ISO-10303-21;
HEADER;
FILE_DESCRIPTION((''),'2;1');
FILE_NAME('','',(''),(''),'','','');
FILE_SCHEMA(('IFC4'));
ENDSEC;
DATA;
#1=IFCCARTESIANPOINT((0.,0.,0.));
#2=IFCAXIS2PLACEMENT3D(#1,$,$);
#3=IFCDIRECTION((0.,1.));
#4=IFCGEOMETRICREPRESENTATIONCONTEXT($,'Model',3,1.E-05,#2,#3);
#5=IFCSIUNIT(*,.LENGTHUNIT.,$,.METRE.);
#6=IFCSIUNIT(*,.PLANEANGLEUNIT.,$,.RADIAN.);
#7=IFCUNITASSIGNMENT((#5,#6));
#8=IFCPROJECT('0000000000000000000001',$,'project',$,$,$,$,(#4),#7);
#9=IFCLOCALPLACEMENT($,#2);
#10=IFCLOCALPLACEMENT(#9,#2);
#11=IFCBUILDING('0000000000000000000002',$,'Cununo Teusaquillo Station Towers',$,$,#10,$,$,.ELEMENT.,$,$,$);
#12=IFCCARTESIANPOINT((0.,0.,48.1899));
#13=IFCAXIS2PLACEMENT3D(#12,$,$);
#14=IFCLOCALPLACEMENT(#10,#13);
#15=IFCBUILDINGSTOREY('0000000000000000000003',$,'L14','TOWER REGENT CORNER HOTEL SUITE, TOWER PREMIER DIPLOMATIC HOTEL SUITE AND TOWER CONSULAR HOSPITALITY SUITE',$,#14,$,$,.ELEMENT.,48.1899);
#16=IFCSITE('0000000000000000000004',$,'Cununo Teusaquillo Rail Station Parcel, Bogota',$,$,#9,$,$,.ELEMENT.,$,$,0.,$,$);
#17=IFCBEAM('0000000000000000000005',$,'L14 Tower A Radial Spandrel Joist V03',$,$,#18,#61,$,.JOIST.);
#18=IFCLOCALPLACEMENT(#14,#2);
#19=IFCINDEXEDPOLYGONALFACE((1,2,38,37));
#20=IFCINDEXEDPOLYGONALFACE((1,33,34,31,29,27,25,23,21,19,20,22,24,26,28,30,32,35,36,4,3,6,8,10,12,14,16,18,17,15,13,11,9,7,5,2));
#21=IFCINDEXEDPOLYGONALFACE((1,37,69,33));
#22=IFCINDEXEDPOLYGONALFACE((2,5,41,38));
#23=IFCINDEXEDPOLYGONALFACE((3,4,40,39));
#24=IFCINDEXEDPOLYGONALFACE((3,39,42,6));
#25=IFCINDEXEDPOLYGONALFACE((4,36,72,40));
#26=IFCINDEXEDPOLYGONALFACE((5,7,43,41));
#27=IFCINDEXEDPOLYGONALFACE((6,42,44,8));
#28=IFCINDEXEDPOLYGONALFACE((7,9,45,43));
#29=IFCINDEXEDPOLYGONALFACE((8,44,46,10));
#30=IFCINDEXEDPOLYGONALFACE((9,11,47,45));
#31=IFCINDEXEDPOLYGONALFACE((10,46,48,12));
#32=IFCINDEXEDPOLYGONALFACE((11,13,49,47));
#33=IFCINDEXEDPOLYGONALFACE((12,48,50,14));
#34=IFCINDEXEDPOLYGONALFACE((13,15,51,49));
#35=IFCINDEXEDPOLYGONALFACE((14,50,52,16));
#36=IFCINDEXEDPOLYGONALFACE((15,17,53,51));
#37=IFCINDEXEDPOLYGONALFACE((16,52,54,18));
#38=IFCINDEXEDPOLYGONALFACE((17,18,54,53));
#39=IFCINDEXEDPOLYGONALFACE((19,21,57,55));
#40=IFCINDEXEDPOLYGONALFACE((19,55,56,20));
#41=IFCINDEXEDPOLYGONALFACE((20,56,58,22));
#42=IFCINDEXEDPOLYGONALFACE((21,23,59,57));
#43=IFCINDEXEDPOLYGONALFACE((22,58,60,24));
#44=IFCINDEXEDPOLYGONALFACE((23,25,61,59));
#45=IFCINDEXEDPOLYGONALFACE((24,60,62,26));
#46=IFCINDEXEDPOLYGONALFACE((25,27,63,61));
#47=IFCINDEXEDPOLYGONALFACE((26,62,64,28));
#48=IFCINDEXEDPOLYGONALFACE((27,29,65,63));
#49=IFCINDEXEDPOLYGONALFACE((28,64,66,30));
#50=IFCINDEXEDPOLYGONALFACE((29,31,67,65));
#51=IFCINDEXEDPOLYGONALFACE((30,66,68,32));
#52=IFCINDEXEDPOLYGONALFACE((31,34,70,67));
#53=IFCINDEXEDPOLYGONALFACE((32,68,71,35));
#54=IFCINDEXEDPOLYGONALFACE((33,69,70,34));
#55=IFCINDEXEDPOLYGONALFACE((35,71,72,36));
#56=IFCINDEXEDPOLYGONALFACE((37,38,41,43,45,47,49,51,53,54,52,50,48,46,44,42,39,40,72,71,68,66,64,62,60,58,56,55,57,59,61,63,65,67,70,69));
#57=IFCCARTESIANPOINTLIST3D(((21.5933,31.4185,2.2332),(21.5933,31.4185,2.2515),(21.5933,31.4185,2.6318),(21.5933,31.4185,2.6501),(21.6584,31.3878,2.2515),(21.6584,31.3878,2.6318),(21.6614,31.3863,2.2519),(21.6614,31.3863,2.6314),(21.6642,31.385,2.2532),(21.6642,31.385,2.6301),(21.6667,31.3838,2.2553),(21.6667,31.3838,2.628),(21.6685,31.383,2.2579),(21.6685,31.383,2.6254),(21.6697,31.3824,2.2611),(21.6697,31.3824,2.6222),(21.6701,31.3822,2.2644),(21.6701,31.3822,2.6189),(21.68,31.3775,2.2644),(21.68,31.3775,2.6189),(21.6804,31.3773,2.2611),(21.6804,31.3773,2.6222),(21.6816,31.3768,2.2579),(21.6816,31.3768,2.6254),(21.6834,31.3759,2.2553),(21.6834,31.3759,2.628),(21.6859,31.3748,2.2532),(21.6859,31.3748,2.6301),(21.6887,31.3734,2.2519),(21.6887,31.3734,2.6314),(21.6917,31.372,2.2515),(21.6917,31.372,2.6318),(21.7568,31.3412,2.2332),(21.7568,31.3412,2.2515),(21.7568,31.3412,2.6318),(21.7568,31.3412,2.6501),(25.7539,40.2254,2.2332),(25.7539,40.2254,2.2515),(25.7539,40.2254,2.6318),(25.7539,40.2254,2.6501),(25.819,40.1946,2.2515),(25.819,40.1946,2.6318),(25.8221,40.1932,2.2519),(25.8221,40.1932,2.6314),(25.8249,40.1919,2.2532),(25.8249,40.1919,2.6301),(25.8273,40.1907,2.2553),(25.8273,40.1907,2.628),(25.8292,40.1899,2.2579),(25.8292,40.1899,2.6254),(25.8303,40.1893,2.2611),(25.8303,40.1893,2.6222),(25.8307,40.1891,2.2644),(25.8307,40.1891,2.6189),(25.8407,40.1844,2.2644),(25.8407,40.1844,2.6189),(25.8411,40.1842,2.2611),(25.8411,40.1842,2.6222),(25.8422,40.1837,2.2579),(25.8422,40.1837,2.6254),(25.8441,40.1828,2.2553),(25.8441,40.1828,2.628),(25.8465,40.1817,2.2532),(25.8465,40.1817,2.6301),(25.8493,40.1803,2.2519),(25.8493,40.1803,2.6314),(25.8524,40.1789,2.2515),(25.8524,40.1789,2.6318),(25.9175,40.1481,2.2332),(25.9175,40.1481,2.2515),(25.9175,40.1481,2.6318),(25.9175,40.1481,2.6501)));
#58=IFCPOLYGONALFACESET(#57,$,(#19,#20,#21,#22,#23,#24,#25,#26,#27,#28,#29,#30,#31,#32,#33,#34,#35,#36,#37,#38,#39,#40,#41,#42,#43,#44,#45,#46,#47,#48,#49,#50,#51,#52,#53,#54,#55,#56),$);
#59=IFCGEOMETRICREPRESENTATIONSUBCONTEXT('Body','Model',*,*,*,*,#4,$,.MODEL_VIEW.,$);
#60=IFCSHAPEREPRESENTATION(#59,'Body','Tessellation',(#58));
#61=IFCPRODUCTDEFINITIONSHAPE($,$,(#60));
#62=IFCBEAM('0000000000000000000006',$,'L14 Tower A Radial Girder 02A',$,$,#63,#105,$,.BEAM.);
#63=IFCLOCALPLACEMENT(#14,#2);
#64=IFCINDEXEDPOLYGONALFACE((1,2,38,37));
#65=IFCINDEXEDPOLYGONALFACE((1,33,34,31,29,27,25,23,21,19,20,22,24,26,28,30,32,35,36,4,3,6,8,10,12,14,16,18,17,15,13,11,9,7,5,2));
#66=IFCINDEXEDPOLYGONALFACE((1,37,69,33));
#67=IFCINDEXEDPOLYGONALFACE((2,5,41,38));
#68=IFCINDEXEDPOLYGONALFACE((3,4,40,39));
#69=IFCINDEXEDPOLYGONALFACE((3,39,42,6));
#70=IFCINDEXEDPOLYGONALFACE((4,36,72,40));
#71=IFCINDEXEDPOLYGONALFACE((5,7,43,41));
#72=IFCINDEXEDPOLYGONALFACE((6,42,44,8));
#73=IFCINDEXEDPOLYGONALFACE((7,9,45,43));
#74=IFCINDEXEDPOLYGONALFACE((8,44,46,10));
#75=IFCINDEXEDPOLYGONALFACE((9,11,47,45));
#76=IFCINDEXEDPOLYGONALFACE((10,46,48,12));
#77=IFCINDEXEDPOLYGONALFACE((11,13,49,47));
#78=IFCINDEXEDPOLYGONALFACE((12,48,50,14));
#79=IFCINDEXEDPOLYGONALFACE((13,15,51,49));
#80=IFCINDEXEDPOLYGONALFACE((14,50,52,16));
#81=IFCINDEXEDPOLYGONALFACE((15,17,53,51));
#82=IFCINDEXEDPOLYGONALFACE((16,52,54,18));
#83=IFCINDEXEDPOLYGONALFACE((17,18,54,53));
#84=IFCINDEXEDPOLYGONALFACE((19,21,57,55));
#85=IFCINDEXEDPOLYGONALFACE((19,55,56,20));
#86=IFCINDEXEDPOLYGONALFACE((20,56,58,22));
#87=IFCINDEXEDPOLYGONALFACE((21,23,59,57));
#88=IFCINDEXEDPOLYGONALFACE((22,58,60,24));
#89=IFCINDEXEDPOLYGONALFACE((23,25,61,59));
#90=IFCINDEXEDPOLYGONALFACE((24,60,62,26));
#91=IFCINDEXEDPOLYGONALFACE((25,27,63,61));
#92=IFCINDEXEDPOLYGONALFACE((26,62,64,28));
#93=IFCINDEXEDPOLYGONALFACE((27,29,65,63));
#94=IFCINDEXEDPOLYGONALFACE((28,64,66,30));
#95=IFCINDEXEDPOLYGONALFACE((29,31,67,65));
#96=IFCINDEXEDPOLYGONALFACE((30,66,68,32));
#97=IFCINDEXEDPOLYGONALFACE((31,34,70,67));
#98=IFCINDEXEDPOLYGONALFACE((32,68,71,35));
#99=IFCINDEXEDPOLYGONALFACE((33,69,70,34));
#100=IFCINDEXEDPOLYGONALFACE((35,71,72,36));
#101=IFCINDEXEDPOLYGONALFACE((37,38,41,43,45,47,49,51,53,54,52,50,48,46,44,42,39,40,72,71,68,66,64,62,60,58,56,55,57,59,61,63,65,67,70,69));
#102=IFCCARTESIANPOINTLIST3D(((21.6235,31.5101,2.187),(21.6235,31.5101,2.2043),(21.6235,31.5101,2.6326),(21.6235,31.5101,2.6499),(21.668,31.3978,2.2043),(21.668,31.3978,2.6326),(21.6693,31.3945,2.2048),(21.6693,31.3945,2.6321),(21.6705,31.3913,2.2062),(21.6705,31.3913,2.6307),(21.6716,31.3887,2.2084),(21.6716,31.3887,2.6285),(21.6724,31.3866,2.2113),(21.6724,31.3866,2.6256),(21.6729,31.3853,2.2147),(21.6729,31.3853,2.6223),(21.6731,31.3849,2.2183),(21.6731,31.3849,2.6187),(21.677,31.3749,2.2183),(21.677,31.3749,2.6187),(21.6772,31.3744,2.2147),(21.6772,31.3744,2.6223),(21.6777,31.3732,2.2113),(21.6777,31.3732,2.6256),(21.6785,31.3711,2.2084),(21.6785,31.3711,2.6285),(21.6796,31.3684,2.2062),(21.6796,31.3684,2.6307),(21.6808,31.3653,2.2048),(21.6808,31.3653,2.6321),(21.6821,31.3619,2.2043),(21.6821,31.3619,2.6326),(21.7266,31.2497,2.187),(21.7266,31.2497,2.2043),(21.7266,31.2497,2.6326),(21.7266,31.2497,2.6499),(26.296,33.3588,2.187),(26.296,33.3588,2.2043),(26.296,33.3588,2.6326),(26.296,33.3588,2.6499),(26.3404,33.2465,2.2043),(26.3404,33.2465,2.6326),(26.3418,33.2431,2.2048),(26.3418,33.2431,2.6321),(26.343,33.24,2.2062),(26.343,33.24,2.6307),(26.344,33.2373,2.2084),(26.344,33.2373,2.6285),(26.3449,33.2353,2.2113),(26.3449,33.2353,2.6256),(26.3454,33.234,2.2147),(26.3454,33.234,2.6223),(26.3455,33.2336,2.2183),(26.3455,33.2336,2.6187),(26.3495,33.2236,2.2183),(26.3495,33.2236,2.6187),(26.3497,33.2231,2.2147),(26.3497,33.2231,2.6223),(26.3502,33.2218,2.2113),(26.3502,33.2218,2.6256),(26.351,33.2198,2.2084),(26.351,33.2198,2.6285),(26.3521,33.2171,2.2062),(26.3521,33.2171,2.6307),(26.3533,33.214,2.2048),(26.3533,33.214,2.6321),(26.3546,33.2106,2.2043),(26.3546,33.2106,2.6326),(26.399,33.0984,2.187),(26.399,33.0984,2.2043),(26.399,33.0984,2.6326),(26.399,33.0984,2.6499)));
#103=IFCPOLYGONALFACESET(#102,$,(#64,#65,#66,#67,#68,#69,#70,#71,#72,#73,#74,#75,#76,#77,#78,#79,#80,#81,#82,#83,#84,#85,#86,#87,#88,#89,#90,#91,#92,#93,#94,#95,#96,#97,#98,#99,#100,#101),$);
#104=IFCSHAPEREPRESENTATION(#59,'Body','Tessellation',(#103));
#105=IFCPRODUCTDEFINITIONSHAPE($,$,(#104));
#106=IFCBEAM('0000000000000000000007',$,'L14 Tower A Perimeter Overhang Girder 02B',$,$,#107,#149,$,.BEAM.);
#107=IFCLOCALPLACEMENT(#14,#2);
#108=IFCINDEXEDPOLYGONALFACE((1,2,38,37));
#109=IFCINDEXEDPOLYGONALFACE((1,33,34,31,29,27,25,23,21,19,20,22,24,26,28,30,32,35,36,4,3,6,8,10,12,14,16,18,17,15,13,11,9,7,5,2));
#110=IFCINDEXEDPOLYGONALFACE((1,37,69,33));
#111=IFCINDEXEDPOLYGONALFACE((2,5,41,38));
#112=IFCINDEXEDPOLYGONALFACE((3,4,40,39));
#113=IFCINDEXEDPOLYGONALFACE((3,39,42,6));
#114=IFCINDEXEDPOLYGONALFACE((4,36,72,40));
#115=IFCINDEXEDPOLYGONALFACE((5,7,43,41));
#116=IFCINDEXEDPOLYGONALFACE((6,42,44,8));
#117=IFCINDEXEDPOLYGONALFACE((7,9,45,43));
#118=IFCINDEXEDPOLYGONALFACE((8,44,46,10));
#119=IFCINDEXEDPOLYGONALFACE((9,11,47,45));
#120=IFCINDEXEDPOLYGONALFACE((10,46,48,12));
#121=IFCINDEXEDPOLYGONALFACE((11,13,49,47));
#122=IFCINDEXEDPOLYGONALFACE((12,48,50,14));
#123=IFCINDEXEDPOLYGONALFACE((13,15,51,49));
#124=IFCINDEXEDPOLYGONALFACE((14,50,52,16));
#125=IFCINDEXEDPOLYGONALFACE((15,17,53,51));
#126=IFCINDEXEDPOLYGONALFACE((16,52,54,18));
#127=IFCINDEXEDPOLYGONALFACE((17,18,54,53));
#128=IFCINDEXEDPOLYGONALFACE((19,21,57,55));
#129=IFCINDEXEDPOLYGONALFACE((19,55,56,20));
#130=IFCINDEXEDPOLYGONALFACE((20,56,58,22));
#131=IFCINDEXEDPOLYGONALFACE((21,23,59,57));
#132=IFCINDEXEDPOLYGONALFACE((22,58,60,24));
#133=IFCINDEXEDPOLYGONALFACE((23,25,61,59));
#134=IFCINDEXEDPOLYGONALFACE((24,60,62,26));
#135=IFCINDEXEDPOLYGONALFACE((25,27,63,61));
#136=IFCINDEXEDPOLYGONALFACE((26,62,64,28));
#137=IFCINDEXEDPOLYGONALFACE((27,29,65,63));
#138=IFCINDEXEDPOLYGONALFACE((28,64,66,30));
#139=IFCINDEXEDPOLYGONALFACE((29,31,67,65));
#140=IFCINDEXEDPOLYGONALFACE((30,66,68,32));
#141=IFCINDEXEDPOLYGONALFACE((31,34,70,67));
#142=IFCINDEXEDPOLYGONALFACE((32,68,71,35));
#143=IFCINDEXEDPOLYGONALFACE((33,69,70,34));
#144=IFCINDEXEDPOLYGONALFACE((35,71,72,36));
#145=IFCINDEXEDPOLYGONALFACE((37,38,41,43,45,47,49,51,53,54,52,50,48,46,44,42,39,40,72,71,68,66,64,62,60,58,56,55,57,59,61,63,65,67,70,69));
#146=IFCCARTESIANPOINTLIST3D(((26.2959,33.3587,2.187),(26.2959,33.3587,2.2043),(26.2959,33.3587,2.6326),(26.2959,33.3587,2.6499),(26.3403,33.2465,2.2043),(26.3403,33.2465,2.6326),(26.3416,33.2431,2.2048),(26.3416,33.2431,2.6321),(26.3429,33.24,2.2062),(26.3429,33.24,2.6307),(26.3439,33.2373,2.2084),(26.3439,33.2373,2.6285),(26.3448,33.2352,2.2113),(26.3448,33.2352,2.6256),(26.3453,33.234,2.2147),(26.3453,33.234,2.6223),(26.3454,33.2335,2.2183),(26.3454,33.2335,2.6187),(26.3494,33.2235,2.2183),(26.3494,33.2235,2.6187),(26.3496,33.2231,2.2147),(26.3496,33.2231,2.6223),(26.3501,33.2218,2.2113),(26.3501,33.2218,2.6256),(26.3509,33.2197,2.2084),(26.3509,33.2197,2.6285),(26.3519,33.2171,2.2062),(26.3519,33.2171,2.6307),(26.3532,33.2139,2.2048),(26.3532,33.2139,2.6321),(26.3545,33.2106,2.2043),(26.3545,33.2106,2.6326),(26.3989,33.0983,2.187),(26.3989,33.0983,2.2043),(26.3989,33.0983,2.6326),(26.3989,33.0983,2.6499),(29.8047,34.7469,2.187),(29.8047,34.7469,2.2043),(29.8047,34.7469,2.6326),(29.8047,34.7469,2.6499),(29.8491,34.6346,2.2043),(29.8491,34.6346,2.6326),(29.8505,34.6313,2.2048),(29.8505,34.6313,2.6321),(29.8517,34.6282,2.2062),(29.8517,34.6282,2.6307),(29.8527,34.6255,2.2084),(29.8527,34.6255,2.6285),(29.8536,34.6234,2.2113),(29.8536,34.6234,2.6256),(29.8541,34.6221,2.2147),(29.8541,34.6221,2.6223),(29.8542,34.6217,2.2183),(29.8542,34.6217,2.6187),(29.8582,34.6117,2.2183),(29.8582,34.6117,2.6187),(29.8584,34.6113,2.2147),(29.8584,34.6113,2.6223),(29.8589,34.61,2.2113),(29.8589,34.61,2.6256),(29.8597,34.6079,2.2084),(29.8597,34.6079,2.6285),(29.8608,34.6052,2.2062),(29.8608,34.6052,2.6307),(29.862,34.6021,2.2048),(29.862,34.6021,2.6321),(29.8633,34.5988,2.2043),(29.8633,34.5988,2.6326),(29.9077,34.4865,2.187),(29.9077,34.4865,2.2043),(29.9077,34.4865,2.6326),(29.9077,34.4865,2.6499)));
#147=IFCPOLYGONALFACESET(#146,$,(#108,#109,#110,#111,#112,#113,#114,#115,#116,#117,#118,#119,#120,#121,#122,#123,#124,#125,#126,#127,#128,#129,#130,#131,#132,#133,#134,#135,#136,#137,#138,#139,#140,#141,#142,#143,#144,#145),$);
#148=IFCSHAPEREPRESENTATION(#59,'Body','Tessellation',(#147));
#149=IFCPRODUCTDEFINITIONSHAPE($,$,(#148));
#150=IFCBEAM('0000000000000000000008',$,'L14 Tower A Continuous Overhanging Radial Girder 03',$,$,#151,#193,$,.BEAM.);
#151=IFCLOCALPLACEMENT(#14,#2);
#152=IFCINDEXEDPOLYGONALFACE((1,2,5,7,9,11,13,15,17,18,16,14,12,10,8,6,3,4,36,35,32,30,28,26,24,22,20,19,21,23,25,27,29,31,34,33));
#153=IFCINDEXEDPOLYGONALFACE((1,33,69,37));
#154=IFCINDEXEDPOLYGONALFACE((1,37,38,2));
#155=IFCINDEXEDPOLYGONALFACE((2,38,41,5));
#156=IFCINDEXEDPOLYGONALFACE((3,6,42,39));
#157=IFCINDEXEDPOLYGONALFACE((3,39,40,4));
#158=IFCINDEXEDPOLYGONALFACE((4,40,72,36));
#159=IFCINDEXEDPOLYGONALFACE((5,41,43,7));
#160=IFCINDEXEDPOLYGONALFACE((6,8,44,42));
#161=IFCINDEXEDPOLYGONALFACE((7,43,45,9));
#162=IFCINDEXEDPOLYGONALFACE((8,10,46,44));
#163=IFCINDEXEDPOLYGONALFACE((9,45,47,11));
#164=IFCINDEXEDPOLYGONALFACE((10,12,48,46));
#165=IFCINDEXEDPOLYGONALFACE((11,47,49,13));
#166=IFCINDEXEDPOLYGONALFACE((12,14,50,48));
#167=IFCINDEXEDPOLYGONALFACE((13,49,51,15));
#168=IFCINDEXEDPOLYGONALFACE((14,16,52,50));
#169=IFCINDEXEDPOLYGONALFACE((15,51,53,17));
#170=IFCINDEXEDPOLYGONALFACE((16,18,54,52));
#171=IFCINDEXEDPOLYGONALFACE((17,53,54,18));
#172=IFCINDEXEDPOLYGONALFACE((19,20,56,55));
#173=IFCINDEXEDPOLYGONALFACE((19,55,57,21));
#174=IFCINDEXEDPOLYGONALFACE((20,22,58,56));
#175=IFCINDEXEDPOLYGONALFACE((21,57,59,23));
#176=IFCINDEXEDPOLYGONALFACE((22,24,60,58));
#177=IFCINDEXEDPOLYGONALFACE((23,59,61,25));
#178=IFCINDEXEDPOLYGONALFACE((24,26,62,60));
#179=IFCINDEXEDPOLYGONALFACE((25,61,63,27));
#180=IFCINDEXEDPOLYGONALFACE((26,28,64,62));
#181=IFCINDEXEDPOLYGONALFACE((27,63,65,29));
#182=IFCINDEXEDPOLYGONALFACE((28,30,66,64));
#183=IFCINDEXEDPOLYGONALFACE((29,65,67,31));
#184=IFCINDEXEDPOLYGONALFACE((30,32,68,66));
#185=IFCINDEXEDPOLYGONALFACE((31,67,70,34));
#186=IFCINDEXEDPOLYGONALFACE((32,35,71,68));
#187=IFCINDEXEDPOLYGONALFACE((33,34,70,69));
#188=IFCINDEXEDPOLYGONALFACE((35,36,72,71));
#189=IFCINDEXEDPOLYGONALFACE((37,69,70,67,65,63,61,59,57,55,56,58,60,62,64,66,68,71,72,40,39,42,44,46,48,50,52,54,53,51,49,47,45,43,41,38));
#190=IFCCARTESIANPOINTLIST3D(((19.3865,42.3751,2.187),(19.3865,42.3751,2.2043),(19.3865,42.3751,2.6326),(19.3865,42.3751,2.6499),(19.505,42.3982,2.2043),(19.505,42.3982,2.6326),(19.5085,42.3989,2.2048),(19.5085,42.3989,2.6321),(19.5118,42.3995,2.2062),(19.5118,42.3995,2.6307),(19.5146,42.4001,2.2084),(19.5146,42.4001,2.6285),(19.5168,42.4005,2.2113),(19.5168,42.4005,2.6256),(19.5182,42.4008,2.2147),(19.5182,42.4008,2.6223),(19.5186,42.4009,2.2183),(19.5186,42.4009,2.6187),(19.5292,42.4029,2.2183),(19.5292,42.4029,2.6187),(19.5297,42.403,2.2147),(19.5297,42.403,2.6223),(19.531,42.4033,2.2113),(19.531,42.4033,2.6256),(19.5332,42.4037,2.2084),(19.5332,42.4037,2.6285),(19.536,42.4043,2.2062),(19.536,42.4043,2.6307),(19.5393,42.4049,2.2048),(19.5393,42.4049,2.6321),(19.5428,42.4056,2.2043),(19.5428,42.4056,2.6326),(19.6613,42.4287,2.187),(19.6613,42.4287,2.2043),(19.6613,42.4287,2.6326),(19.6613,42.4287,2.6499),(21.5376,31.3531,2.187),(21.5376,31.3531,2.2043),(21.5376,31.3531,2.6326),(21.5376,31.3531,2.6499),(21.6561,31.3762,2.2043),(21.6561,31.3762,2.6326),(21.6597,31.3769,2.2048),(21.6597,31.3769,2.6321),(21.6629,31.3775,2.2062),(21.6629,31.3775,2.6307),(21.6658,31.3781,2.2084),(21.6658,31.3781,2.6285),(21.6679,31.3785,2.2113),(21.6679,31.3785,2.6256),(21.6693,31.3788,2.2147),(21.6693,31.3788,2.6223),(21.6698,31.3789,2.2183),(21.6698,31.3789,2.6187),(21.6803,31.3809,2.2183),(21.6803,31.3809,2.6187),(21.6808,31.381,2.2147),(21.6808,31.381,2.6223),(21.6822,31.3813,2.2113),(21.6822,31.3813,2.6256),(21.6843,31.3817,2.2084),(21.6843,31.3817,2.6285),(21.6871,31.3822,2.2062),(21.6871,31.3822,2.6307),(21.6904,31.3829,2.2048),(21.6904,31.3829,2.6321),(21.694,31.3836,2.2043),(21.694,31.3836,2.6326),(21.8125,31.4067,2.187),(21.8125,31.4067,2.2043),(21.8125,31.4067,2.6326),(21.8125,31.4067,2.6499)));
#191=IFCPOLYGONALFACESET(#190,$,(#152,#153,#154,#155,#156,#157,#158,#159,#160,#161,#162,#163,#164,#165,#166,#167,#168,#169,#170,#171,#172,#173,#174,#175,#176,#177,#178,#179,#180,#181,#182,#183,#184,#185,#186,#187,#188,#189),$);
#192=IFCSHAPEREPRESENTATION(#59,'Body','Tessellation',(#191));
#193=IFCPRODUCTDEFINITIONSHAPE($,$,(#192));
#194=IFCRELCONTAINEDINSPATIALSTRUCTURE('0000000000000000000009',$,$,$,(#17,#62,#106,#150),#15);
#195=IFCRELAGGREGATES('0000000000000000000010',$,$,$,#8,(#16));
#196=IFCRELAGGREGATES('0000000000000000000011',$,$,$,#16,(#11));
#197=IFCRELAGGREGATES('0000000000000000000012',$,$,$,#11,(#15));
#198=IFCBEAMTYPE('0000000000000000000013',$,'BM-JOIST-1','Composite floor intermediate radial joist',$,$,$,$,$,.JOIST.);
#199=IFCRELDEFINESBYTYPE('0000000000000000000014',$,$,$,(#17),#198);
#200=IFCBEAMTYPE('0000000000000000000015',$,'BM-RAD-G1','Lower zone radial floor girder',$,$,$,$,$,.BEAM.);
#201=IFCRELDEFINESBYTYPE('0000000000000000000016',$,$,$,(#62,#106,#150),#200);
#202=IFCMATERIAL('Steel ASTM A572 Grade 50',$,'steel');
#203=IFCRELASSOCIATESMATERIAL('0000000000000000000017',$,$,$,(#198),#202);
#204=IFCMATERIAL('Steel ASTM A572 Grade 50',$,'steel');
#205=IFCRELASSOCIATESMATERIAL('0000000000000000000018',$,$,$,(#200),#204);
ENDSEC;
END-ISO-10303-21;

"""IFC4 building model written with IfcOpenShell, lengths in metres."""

from ifc_helpers import new_model, si_unit, direction, frame, origin, origin_2d, place, context, subcontext, project, spatial, i_section, extrude, material, material_profile, profile_set, type_object, element, save


model = new_model("IFC4")

# Units and contexts
model_context = context("Model", 3, precision=1e-05, world=origin(), true_north=direction((0.0, 1.0)))
body_context = subcontext(model_context, "Body", "Model", "MODEL_VIEW")
ifc_project = project(units=[si_unit("LENGTHUNIT", "METRE"), si_unit("PLANEANGLEUNIT", "RADIAN")], contexts=[model_context])

# Site, building, storey
site_placement = place(None, origin())
site = spatial("IfcSite", under=ifc_project, at=site_placement, Name="Cununo Teusaquillo Rail Station Parcel, Bogota", CompositionType="ELEMENT", RefElevation=0.0)
building_placement = place(site_placement, origin())
building = spatial("IfcBuilding", under=site, at=building_placement, Name="Cununo Teusaquillo Station Towers", CompositionType="ELEMENT")
storey_placement = place(building_placement, frame((0.0, 0.0, 48.1899)))
storey = spatial("IfcBuildingStorey", under=building, at=storey_placement, Name="L14", Description="TOWER REGENT CORNER HOTEL SUITE, TOWER PREMIER DIPLOMATIC HOTEL SUITE AND TOWER CONSULAR HOSPITALITY SUITE", CompositionType="ELEMENT", Elevation=48.1899)

# Beams
ifc_material_1 = material(Name="Steel ASTM A572 Grade 50", Category="steel")
ifc_material_profile_1 = material_profile(ifc_material_1, i_section(OverallWidth=0.1809, OverallDepth=0.417, WebThickness=0.011, FlangeThickness=0.0183, FilletRadius=0.0129, at=origin_2d()), Name="W16X57")
ifc_profile_set_1 = profile_set([ifc_material_profile_1], Name="Steel ASTM A572 Grade 50")
beam_type_1 = type_object("IfcBeamType", Name="BM-JOIST-1", Description="Composite floor intermediate radial joist", PredefinedType="JOIST", material=ifc_profile_set_1)
beam_1_placement = place(storey_placement, frame((21.675, 31.3799, 2.4417), z_axis=(0.427161, 0.904176, 0.0), x_axis=(-0.904176, 0.427161, 0.0)))
element("IfcBeam", 1, at=beam_1_placement, inside=storey, type_object=beam_type_1, Name="L14 Tower A Radial Spandrel Joist V03", PredefinedType="JOIST", context=body_context, shape_type="SweptSolid", body=[
    extrude(i_section(OverallWidth=0.1809, OverallDepth=0.417, WebThickness=0.011, FlangeThickness=0.0183, FilletRadius=0.0129, at=origin_2d()), origin(), (0.0, 0.0, 1.0), 9.7402),
])
ifc_material_2 = material(Name="Steel ASTM A572 Grade 50", Category="steel")
ifc_material_profile_2 = material_profile(ifc_material_2, i_section(OverallWidth=0.28, OverallDepth=0.4629, WebThickness=0.0107, FlangeThickness=0.0173, FilletRadius=0.0139, at=origin_2d()), Name="W18X76")
ifc_profile_set_2 = profile_set([ifc_material_profile_2], Name="Steel ASTM A572 Grade 50")
beam_type_2 = type_object("IfcBeamType", Name="BM-RAD-G1", Description="Lower zone radial floor girder", PredefinedType="BEAM", material=ifc_profile_set_2)
beam_2_placement = place(storey_placement, frame((21.675, 31.3799, 2.4185), z_axis=(0.929864, 0.367903, 0.0), x_axis=(-0.367903, 0.929864, 0.0)))
element("IfcBeam", 2, at=beam_2_placement, inside=storey, type_object=beam_type_2, Name="L14 Tower A Radial Girder 02A", PredefinedType="BEAM", context=body_context, shape_type="SweptSolid", body=[
    extrude(i_section(OverallWidth=0.28, OverallDepth=0.4629, WebThickness=0.0107, FlangeThickness=0.0173, FilletRadius=0.0139, at=origin_2d()), origin(), (0.0, 0.0, 1.0), 5.0249),
])
beam_3_placement = place(storey_placement, frame((26.3474, 33.2285, 2.4185), z_axis=(0.929871, 0.367885, 0.0), x_axis=(-0.367885, 0.929871, 0.0)))
element("IfcBeam", 3, at=beam_3_placement, inside=storey, type_object=beam_type_2, Name="L14 Tower A Perimeter Overhang Girder 02B", PredefinedType="BEAM", context=body_context, shape_type="SweptSolid", body=[
    extrude(i_section(OverallWidth=0.28, OverallDepth=0.4629, WebThickness=0.0107, FlangeThickness=0.0173, FilletRadius=0.0139, at=origin_2d()), origin(), (0.0, 0.0, 1.0), 3.7734),
])
beam_4_placement = place(storey_placement, frame((21.675, 31.3799, 2.4185), z_axis=(-0.191553, 0.981482, 0.0), x_axis=(-0.981482, -0.191553, 0.0)))
element("IfcBeam", 4, at=beam_4_placement, inside=storey, type_object=beam_type_2, Name="L14 Tower A Continuous Overhanging Radial Girder 03", PredefinedType="BEAM", context=body_context, shape_type="SweptSolid", body=[
    extrude(i_section(OverallWidth=0.28, OverallDepth=0.4629, WebThickness=0.0107, FlangeThickness=0.0173, FilletRadius=0.0139, at=origin_2d()), origin(), (0.0, 0.0, 1.0), 11.23),
])

save(model, "model.ifc")
